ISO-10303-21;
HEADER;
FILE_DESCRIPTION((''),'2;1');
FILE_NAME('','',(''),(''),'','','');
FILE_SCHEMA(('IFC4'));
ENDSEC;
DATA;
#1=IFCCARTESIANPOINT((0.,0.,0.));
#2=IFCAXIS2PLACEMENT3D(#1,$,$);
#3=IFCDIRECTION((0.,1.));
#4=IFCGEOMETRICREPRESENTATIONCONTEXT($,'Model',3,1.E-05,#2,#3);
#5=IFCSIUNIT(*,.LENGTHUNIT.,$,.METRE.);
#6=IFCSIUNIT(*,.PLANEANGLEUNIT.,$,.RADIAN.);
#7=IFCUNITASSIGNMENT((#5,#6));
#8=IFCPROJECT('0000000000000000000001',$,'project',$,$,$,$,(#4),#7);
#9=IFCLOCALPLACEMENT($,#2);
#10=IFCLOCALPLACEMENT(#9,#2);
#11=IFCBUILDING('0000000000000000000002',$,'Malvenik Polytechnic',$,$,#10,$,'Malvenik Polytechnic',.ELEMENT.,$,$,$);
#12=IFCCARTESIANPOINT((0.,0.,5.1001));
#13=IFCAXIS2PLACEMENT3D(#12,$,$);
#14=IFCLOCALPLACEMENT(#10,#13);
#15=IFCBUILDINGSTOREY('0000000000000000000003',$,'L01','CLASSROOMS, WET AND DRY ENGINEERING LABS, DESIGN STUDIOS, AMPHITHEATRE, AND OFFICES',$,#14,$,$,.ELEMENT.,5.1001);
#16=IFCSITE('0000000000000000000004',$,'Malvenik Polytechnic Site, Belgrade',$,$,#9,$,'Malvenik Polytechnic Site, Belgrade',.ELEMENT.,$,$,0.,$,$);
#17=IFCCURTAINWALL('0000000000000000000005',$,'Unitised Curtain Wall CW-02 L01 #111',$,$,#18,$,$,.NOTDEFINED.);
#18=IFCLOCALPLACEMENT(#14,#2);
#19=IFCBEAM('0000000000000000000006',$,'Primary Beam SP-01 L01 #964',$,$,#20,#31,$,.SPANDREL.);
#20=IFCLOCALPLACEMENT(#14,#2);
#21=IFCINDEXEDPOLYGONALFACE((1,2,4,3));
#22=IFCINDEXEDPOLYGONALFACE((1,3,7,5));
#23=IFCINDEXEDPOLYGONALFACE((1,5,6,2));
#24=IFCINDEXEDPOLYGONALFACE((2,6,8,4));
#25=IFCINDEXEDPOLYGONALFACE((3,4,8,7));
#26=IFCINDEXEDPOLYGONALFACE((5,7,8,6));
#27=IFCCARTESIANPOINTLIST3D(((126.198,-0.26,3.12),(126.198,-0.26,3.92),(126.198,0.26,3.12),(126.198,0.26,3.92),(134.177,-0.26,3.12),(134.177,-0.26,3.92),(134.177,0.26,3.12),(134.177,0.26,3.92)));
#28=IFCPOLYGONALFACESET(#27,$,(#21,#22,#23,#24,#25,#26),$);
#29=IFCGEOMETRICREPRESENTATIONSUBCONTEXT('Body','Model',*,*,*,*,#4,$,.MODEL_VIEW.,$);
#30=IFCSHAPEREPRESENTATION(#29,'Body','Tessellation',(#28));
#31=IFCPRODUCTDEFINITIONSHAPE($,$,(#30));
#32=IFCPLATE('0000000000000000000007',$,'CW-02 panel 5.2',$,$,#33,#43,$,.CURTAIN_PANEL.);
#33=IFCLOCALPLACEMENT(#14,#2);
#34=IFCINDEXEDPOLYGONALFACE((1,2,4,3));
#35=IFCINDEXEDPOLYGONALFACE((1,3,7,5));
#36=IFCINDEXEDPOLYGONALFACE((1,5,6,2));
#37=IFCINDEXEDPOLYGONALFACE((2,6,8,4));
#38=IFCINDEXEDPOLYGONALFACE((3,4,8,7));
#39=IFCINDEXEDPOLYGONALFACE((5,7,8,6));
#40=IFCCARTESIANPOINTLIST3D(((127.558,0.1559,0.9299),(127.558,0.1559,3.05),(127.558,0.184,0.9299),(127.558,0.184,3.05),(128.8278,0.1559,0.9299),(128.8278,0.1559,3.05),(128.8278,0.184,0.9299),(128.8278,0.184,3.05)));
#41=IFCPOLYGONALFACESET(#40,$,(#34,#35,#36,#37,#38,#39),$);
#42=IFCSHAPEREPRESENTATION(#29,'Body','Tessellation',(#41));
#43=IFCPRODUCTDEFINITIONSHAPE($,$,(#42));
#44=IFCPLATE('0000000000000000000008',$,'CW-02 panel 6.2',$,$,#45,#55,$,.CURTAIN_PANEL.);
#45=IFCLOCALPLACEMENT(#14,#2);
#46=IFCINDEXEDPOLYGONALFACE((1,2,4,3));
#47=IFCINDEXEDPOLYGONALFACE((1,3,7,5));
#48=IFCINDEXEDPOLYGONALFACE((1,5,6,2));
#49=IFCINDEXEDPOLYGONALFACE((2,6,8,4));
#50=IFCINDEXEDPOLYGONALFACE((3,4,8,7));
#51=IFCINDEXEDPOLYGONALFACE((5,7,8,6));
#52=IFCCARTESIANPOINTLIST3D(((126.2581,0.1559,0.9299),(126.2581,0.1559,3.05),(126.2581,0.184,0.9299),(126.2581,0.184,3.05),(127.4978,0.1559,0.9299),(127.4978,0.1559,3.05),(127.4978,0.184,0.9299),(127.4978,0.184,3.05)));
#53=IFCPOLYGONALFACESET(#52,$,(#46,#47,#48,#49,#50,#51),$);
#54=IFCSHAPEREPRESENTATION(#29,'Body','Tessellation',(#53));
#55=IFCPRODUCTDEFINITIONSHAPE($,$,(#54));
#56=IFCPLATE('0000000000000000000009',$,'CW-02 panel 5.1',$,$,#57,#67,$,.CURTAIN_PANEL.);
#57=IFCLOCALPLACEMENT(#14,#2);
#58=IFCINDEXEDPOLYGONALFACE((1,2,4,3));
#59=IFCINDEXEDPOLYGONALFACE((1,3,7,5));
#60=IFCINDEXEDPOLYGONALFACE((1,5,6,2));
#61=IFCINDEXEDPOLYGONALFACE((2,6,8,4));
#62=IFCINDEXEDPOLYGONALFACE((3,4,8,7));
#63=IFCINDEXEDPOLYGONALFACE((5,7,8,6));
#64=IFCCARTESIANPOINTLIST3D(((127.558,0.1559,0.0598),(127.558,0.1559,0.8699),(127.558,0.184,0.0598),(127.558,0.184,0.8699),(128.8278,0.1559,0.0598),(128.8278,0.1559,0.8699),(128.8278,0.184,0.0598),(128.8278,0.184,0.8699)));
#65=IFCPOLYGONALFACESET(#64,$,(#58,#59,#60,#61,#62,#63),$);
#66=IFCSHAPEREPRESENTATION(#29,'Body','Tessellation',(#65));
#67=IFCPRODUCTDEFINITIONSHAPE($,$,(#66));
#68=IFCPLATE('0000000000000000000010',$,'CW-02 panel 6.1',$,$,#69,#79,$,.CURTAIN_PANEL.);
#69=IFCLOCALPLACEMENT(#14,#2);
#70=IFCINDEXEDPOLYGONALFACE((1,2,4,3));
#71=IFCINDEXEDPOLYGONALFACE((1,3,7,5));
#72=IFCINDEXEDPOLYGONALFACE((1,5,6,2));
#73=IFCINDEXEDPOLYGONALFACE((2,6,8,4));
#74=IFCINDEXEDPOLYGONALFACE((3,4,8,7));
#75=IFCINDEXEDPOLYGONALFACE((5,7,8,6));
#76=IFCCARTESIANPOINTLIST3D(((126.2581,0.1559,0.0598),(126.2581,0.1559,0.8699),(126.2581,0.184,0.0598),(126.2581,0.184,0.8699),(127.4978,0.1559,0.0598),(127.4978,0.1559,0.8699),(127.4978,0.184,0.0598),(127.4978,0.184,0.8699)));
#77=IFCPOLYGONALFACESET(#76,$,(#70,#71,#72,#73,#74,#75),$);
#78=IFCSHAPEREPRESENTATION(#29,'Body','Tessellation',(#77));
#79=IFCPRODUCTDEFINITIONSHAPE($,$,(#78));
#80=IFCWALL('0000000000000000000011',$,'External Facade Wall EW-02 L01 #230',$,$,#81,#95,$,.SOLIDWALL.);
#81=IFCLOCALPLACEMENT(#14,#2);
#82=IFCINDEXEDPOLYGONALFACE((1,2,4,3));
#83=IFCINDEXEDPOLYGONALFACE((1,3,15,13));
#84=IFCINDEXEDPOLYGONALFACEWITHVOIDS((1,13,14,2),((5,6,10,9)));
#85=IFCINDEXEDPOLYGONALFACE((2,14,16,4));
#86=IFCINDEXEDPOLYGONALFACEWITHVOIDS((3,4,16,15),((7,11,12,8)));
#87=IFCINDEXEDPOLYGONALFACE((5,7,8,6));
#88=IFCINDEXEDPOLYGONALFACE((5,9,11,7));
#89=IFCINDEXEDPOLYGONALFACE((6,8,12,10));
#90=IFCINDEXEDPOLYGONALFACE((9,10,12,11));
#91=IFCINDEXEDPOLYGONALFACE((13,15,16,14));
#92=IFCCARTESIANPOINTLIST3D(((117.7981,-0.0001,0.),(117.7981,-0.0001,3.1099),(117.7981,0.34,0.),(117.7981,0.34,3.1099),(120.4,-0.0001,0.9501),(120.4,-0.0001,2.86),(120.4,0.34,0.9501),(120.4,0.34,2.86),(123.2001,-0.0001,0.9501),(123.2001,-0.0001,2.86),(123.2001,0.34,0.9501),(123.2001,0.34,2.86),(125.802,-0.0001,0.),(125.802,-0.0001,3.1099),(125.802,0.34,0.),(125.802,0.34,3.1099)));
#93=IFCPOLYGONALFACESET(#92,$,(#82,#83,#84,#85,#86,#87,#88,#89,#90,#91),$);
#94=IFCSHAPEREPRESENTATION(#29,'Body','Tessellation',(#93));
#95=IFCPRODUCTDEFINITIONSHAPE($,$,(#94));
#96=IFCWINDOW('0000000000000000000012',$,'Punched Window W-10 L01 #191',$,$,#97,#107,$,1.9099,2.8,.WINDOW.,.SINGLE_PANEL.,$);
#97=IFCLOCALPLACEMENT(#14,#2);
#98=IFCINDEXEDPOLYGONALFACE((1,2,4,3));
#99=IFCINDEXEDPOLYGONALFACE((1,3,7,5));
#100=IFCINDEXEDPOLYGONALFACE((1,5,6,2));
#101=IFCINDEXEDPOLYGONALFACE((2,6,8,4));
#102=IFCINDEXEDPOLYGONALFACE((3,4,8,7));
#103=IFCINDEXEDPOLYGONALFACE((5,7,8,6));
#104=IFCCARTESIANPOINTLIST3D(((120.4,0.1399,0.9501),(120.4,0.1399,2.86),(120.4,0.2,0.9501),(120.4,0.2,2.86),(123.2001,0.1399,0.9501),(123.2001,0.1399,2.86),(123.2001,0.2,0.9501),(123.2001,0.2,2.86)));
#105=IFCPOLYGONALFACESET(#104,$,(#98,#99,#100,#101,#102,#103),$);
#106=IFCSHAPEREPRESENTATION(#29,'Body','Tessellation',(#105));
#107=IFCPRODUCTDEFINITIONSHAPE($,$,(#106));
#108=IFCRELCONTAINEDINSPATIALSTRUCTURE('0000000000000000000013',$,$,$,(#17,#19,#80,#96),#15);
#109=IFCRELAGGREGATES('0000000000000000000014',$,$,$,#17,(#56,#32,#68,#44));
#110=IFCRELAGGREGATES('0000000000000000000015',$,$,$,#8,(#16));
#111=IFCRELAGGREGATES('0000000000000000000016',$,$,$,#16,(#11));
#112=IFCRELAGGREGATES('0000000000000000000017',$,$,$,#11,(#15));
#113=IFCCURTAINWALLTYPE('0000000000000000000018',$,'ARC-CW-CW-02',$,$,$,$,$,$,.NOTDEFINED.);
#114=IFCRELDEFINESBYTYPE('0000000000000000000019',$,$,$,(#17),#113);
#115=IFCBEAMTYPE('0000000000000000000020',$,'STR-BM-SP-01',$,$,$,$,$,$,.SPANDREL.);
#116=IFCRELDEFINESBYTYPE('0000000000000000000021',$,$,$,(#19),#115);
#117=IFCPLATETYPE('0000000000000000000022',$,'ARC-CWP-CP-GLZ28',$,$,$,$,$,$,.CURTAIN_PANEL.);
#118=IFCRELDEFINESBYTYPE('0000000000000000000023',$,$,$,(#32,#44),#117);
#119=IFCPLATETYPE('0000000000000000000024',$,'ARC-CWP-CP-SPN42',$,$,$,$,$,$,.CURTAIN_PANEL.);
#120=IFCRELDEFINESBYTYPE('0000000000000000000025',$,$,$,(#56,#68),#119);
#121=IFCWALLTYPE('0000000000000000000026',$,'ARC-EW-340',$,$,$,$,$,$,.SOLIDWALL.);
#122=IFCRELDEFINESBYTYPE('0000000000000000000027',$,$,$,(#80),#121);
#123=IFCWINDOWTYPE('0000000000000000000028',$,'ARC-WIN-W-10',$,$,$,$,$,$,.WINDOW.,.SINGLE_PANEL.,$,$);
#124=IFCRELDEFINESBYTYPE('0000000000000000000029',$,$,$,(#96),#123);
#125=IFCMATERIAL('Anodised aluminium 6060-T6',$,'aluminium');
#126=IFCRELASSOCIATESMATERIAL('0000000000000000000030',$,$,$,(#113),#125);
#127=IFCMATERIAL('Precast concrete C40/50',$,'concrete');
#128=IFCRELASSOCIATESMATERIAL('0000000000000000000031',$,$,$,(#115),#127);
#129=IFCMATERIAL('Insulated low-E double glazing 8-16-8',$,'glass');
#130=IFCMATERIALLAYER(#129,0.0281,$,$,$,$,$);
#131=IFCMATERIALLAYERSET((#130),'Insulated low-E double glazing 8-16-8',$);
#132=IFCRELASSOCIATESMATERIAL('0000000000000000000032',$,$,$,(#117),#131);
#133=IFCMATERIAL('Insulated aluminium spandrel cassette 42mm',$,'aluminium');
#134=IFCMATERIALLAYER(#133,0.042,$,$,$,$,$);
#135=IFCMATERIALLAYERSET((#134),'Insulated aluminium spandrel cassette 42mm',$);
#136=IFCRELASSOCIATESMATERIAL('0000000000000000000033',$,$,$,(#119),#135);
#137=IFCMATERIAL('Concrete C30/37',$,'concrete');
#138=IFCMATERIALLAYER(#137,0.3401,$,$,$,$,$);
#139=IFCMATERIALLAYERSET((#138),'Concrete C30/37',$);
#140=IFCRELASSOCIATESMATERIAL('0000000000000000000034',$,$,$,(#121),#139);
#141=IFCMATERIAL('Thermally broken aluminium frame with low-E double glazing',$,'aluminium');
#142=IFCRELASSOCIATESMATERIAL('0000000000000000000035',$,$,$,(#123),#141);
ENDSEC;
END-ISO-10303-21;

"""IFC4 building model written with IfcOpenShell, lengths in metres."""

from ifc_helpers import new_model, si_unit, direction, frame, frame_2d, origin, origin_2d, place, context, subcontext, project, spatial, rectangle, extrude, material, layer, layer_set, material_profile, profile_set, type_object, element, fill, aggregate, save


model = new_model("IFC4")

# Units and contexts
model_context = context("Model", 3, precision=1e-05, world=origin(), true_north=direction((0.0, 1.0)))
body_context = subcontext(model_context, "Body", "Model", "MODEL_VIEW")
ifc_project = project(units=[si_unit("LENGTHUNIT", "METRE"), si_unit("PLANEANGLEUNIT", "RADIAN")], contexts=[model_context])

# Site, building, storey
site_placement = place(None, origin())
site = spatial("IfcSite", under=ifc_project, at=site_placement, Name="Malvenik Polytechnic Site, Belgrade", LongName="Malvenik Polytechnic Site, Belgrade", CompositionType="ELEMENT", RefElevation=0.0)
building_placement = place(site_placement, origin())
building = spatial("IfcBuilding", under=site, at=building_placement, Name="Malvenik Polytechnic", LongName="Malvenik Polytechnic", CompositionType="ELEMENT")
storey_placement = place(building_placement, frame((0.0, 0.0, 5.1001)))
storey = spatial("IfcBuildingStorey", under=building, at=storey_placement, Name="L01", Description="CLASSROOMS, WET AND DRY ENGINEERING LABS, DESIGN STUDIOS, AMPHITHEATRE, AND OFFICES", CompositionType="ELEMENT", Elevation=5.1001)

# Curtain wall
ifc_material_1 = material(Name="Anodised aluminium 6060-T6", Category="aluminium")
curtain_wall_type = type_object("IfcCurtainWallType", Name="ARC-CW-CW-02", PredefinedType="NOTDEFINED", material=ifc_material_1)
curtain_wall_placement = place(storey_placement, origin())
curtain_wall = element("IfcCurtainWall", 1, at=curtain_wall_placement, inside=storey, type_object=curtain_wall_type, Name="Unitised Curtain Wall CW-02 L01 #111", PredefinedType="NOTDEFINED")

# Beam
ifc_material_2 = material(Name="Concrete C30/37", Category="concrete")
ifc_material_3 = material(Name="Precast concrete C40/50", Category="concrete")
ifc_material_profile_1 = material_profile(ifc_material_3, rectangle(XDim=0.52, YDim=0.8, at=origin_2d()), Name="PC SPN 520x800")
ifc_profile_set_1 = profile_set([ifc_material_profile_1], Name="Precast concrete C40/50")
beam_type_1 = type_object("IfcBeamType", Name="STR-BM-SP-01", PredefinedType="SPANDREL", material=ifc_profile_set_1)
beam_1_placement = place(storey_placement, frame((126.198, 0.0, 3.52), z_axis=(1.0, 0.0, 0.0), x_axis=(0.0, 1.0, 0.0)))
element("IfcBeam", 2, at=beam_1_placement, inside=storey, type_object=beam_type_1, Name="Primary Beam SP-01 L01 #964", PredefinedType="SPANDREL", context=body_context, shape_type="SweptSolid", body=[
    extrude(rectangle(XDim=0.52, YDim=0.8, at=origin_2d()), origin(), (0.0, 0.0, 1.0), 7.979),
])

# Plates
ifc_material_4 = material(Name="Insulated low-E double glazing 8-16-8", Category="glass")
ifc_layer_1 = layer(ifc_material_4, 0.0281)
ifc_layer_set_1 = layer_set([ifc_layer_1], Name="Insulated low-E double glazing 8-16-8")
plate_type_1 = type_object("IfcPlateType", Name="ARC-CWP-CP-GLZ28", PredefinedType="CURTAIN_PANEL", material=ifc_layer_set_1)
plate_1_placement = place(storey_placement, frame((128.1929, 0.1699, 0.9299), z_axis=(0.0, 0.0, 1.0), x_axis=(-1.0, 0.0, 0.0)))
plate_1 = element("IfcPlate", 3, at=plate_1_placement, type_object=plate_type_1, Name="CW-02 panel 5.2", PredefinedType="CURTAIN_PANEL", context=body_context, shape_type="SweptSolid", body=[
    extrude(rectangle(XDim=1.2698, YDim=0.0281, at=origin_2d()), origin(), (0.0, 0.0, 1.0), 2.1201),
])
plate_2_placement = place(storey_placement, frame((126.8779, 0.1699, 0.9299), z_axis=(0.0, 0.0, 1.0), x_axis=(-1.0, 0.0, 0.0)))
plate_2 = element("IfcPlate", 4, at=plate_2_placement, type_object=plate_type_1, Name="CW-02 panel 6.2", PredefinedType="CURTAIN_PANEL", context=body_context, shape_type="SweptSolid", body=[
    extrude(rectangle(XDim=1.2397, YDim=0.0281, at=origin_2d()), origin(), (0.0, 0.0, 1.0), 2.1201),
])
ifc_material_5 = material(Name="Insulated aluminium spandrel cassette 42mm", Category="aluminium")
ifc_layer_2 = layer(ifc_material_5, 0.042)
ifc_layer_set_2 = layer_set([ifc_layer_2], Name="Insulated aluminium spandrel cassette 42mm")
plate_type_2 = type_object("IfcPlateType", Name="ARC-CWP-CP-SPN42", PredefinedType="CURTAIN_PANEL", material=ifc_layer_set_2)
plate_3_placement = place(storey_placement, frame((128.1929, 0.1699, 0.0598), z_axis=(0.0, 0.0, 1.0), x_axis=(-1.0, 0.0, 0.0)))
plate_3 = element("IfcPlate", 5, at=plate_3_placement, type_object=plate_type_2, Name="CW-02 panel 5.1", PredefinedType="CURTAIN_PANEL", context=body_context, shape_type="SweptSolid", body=[
    extrude(rectangle(XDim=1.2698, YDim=0.0281, at=origin_2d()), origin(), (0.0, 0.0, 1.0), 0.8101),
])
plate_4_placement = place(storey_placement, frame((126.8779, 0.1699, 0.0598), z_axis=(0.0, 0.0, 1.0), x_axis=(-1.0, 0.0, 0.0)))
plate_4 = element("IfcPlate", 6, at=plate_4_placement, type_object=plate_type_2, Name="CW-02 panel 6.1", PredefinedType="CURTAIN_PANEL", context=body_context, shape_type="SweptSolid", body=[
    extrude(rectangle(XDim=1.2397, YDim=0.0281, at=origin_2d()), origin(), (0.0, 0.0, 1.0), 0.8101),
])
aggregate(curtain_wall, [plate_3, plate_1, plate_4, plate_2])

# Wall, opening, window
ifc_layer_3 = layer(ifc_material_2, 0.3401)
ifc_layer_set_3 = layer_set([ifc_layer_3], Name="Concrete C30/37")
wall_type = type_object("IfcWallType", Name="ARC-EW-340", PredefinedType="SOLIDWALL", material=ifc_layer_set_3)
wall_placement = place(storey_placement, frame((125.802, 0.1699, 0.0), z_axis=(0.0, 0.0, 1.0), x_axis=(-1.0, 0.0, 0.0)))
wall = element("IfcWall", 7, at=wall_placement, inside=storey, type_object=wall_type, Name="External Facade Wall EW-02 L01 #230", PredefinedType="SOLIDWALL", context=body_context, shape_type="SweptSolid", body=[
    extrude(rectangle(XDim=8.0039, YDim=0.3401, at=frame_2d((4.002, 0.0))), origin(), (0.0, 0.0, 1.0), 3.1099),
])
opening_placement = place(wall_placement, frame((2.6021, 0.0, 0.95)))
opening = element("IfcOpeningElement", 8, at=opening_placement, cuts=wall, PredefinedType="OPENING", context=body_context, shape_type="SweptSolid", body=[
    extrude(rectangle(XDim=2.8, YDim=1.9099, at=frame_2d((1.3999, 0.9551))), frame((0.0, 0.1802, 0.0), z_axis=(0.0, -1.0, 0.0), x_axis=(1.0, 0.0, 0.0)), (0.0, 0.0, 1.0), 0.3601),
])
ifc_material_6 = material(Name="Thermally broken aluminium frame with low-E double glazing", Category="aluminium")
window_type = type_object("IfcWindowType", Name="ARC-WIN-W-10", PartitioningType="SINGLE_PANEL", PredefinedType="WINDOW", material=ifc_material_6)
window_placement = place(opening_placement, origin())
window = element("IfcWindow", 9, at=window_placement, inside=storey, type_object=window_type, Name="Punched Window W-10 L01 #191", OverallHeight=1.9099, OverallWidth=2.8, PartitioningType="SINGLE_PANEL", PredefinedType="WINDOW", context=body_context, shape_type="SweptSolid", body=[
    extrude(rectangle(XDim=2.8, YDim=1.9099, at=frame_2d((1.3999, 0.9551))), frame((0.0, 0.03, 0.0), z_axis=(0.0, -1.0, 0.0), x_axis=(1.0, 0.0, 0.0)), (0.0, 0.0, 1.0), 0.0601),
])
fill(opening, window)

save(model, "model.ifc")
